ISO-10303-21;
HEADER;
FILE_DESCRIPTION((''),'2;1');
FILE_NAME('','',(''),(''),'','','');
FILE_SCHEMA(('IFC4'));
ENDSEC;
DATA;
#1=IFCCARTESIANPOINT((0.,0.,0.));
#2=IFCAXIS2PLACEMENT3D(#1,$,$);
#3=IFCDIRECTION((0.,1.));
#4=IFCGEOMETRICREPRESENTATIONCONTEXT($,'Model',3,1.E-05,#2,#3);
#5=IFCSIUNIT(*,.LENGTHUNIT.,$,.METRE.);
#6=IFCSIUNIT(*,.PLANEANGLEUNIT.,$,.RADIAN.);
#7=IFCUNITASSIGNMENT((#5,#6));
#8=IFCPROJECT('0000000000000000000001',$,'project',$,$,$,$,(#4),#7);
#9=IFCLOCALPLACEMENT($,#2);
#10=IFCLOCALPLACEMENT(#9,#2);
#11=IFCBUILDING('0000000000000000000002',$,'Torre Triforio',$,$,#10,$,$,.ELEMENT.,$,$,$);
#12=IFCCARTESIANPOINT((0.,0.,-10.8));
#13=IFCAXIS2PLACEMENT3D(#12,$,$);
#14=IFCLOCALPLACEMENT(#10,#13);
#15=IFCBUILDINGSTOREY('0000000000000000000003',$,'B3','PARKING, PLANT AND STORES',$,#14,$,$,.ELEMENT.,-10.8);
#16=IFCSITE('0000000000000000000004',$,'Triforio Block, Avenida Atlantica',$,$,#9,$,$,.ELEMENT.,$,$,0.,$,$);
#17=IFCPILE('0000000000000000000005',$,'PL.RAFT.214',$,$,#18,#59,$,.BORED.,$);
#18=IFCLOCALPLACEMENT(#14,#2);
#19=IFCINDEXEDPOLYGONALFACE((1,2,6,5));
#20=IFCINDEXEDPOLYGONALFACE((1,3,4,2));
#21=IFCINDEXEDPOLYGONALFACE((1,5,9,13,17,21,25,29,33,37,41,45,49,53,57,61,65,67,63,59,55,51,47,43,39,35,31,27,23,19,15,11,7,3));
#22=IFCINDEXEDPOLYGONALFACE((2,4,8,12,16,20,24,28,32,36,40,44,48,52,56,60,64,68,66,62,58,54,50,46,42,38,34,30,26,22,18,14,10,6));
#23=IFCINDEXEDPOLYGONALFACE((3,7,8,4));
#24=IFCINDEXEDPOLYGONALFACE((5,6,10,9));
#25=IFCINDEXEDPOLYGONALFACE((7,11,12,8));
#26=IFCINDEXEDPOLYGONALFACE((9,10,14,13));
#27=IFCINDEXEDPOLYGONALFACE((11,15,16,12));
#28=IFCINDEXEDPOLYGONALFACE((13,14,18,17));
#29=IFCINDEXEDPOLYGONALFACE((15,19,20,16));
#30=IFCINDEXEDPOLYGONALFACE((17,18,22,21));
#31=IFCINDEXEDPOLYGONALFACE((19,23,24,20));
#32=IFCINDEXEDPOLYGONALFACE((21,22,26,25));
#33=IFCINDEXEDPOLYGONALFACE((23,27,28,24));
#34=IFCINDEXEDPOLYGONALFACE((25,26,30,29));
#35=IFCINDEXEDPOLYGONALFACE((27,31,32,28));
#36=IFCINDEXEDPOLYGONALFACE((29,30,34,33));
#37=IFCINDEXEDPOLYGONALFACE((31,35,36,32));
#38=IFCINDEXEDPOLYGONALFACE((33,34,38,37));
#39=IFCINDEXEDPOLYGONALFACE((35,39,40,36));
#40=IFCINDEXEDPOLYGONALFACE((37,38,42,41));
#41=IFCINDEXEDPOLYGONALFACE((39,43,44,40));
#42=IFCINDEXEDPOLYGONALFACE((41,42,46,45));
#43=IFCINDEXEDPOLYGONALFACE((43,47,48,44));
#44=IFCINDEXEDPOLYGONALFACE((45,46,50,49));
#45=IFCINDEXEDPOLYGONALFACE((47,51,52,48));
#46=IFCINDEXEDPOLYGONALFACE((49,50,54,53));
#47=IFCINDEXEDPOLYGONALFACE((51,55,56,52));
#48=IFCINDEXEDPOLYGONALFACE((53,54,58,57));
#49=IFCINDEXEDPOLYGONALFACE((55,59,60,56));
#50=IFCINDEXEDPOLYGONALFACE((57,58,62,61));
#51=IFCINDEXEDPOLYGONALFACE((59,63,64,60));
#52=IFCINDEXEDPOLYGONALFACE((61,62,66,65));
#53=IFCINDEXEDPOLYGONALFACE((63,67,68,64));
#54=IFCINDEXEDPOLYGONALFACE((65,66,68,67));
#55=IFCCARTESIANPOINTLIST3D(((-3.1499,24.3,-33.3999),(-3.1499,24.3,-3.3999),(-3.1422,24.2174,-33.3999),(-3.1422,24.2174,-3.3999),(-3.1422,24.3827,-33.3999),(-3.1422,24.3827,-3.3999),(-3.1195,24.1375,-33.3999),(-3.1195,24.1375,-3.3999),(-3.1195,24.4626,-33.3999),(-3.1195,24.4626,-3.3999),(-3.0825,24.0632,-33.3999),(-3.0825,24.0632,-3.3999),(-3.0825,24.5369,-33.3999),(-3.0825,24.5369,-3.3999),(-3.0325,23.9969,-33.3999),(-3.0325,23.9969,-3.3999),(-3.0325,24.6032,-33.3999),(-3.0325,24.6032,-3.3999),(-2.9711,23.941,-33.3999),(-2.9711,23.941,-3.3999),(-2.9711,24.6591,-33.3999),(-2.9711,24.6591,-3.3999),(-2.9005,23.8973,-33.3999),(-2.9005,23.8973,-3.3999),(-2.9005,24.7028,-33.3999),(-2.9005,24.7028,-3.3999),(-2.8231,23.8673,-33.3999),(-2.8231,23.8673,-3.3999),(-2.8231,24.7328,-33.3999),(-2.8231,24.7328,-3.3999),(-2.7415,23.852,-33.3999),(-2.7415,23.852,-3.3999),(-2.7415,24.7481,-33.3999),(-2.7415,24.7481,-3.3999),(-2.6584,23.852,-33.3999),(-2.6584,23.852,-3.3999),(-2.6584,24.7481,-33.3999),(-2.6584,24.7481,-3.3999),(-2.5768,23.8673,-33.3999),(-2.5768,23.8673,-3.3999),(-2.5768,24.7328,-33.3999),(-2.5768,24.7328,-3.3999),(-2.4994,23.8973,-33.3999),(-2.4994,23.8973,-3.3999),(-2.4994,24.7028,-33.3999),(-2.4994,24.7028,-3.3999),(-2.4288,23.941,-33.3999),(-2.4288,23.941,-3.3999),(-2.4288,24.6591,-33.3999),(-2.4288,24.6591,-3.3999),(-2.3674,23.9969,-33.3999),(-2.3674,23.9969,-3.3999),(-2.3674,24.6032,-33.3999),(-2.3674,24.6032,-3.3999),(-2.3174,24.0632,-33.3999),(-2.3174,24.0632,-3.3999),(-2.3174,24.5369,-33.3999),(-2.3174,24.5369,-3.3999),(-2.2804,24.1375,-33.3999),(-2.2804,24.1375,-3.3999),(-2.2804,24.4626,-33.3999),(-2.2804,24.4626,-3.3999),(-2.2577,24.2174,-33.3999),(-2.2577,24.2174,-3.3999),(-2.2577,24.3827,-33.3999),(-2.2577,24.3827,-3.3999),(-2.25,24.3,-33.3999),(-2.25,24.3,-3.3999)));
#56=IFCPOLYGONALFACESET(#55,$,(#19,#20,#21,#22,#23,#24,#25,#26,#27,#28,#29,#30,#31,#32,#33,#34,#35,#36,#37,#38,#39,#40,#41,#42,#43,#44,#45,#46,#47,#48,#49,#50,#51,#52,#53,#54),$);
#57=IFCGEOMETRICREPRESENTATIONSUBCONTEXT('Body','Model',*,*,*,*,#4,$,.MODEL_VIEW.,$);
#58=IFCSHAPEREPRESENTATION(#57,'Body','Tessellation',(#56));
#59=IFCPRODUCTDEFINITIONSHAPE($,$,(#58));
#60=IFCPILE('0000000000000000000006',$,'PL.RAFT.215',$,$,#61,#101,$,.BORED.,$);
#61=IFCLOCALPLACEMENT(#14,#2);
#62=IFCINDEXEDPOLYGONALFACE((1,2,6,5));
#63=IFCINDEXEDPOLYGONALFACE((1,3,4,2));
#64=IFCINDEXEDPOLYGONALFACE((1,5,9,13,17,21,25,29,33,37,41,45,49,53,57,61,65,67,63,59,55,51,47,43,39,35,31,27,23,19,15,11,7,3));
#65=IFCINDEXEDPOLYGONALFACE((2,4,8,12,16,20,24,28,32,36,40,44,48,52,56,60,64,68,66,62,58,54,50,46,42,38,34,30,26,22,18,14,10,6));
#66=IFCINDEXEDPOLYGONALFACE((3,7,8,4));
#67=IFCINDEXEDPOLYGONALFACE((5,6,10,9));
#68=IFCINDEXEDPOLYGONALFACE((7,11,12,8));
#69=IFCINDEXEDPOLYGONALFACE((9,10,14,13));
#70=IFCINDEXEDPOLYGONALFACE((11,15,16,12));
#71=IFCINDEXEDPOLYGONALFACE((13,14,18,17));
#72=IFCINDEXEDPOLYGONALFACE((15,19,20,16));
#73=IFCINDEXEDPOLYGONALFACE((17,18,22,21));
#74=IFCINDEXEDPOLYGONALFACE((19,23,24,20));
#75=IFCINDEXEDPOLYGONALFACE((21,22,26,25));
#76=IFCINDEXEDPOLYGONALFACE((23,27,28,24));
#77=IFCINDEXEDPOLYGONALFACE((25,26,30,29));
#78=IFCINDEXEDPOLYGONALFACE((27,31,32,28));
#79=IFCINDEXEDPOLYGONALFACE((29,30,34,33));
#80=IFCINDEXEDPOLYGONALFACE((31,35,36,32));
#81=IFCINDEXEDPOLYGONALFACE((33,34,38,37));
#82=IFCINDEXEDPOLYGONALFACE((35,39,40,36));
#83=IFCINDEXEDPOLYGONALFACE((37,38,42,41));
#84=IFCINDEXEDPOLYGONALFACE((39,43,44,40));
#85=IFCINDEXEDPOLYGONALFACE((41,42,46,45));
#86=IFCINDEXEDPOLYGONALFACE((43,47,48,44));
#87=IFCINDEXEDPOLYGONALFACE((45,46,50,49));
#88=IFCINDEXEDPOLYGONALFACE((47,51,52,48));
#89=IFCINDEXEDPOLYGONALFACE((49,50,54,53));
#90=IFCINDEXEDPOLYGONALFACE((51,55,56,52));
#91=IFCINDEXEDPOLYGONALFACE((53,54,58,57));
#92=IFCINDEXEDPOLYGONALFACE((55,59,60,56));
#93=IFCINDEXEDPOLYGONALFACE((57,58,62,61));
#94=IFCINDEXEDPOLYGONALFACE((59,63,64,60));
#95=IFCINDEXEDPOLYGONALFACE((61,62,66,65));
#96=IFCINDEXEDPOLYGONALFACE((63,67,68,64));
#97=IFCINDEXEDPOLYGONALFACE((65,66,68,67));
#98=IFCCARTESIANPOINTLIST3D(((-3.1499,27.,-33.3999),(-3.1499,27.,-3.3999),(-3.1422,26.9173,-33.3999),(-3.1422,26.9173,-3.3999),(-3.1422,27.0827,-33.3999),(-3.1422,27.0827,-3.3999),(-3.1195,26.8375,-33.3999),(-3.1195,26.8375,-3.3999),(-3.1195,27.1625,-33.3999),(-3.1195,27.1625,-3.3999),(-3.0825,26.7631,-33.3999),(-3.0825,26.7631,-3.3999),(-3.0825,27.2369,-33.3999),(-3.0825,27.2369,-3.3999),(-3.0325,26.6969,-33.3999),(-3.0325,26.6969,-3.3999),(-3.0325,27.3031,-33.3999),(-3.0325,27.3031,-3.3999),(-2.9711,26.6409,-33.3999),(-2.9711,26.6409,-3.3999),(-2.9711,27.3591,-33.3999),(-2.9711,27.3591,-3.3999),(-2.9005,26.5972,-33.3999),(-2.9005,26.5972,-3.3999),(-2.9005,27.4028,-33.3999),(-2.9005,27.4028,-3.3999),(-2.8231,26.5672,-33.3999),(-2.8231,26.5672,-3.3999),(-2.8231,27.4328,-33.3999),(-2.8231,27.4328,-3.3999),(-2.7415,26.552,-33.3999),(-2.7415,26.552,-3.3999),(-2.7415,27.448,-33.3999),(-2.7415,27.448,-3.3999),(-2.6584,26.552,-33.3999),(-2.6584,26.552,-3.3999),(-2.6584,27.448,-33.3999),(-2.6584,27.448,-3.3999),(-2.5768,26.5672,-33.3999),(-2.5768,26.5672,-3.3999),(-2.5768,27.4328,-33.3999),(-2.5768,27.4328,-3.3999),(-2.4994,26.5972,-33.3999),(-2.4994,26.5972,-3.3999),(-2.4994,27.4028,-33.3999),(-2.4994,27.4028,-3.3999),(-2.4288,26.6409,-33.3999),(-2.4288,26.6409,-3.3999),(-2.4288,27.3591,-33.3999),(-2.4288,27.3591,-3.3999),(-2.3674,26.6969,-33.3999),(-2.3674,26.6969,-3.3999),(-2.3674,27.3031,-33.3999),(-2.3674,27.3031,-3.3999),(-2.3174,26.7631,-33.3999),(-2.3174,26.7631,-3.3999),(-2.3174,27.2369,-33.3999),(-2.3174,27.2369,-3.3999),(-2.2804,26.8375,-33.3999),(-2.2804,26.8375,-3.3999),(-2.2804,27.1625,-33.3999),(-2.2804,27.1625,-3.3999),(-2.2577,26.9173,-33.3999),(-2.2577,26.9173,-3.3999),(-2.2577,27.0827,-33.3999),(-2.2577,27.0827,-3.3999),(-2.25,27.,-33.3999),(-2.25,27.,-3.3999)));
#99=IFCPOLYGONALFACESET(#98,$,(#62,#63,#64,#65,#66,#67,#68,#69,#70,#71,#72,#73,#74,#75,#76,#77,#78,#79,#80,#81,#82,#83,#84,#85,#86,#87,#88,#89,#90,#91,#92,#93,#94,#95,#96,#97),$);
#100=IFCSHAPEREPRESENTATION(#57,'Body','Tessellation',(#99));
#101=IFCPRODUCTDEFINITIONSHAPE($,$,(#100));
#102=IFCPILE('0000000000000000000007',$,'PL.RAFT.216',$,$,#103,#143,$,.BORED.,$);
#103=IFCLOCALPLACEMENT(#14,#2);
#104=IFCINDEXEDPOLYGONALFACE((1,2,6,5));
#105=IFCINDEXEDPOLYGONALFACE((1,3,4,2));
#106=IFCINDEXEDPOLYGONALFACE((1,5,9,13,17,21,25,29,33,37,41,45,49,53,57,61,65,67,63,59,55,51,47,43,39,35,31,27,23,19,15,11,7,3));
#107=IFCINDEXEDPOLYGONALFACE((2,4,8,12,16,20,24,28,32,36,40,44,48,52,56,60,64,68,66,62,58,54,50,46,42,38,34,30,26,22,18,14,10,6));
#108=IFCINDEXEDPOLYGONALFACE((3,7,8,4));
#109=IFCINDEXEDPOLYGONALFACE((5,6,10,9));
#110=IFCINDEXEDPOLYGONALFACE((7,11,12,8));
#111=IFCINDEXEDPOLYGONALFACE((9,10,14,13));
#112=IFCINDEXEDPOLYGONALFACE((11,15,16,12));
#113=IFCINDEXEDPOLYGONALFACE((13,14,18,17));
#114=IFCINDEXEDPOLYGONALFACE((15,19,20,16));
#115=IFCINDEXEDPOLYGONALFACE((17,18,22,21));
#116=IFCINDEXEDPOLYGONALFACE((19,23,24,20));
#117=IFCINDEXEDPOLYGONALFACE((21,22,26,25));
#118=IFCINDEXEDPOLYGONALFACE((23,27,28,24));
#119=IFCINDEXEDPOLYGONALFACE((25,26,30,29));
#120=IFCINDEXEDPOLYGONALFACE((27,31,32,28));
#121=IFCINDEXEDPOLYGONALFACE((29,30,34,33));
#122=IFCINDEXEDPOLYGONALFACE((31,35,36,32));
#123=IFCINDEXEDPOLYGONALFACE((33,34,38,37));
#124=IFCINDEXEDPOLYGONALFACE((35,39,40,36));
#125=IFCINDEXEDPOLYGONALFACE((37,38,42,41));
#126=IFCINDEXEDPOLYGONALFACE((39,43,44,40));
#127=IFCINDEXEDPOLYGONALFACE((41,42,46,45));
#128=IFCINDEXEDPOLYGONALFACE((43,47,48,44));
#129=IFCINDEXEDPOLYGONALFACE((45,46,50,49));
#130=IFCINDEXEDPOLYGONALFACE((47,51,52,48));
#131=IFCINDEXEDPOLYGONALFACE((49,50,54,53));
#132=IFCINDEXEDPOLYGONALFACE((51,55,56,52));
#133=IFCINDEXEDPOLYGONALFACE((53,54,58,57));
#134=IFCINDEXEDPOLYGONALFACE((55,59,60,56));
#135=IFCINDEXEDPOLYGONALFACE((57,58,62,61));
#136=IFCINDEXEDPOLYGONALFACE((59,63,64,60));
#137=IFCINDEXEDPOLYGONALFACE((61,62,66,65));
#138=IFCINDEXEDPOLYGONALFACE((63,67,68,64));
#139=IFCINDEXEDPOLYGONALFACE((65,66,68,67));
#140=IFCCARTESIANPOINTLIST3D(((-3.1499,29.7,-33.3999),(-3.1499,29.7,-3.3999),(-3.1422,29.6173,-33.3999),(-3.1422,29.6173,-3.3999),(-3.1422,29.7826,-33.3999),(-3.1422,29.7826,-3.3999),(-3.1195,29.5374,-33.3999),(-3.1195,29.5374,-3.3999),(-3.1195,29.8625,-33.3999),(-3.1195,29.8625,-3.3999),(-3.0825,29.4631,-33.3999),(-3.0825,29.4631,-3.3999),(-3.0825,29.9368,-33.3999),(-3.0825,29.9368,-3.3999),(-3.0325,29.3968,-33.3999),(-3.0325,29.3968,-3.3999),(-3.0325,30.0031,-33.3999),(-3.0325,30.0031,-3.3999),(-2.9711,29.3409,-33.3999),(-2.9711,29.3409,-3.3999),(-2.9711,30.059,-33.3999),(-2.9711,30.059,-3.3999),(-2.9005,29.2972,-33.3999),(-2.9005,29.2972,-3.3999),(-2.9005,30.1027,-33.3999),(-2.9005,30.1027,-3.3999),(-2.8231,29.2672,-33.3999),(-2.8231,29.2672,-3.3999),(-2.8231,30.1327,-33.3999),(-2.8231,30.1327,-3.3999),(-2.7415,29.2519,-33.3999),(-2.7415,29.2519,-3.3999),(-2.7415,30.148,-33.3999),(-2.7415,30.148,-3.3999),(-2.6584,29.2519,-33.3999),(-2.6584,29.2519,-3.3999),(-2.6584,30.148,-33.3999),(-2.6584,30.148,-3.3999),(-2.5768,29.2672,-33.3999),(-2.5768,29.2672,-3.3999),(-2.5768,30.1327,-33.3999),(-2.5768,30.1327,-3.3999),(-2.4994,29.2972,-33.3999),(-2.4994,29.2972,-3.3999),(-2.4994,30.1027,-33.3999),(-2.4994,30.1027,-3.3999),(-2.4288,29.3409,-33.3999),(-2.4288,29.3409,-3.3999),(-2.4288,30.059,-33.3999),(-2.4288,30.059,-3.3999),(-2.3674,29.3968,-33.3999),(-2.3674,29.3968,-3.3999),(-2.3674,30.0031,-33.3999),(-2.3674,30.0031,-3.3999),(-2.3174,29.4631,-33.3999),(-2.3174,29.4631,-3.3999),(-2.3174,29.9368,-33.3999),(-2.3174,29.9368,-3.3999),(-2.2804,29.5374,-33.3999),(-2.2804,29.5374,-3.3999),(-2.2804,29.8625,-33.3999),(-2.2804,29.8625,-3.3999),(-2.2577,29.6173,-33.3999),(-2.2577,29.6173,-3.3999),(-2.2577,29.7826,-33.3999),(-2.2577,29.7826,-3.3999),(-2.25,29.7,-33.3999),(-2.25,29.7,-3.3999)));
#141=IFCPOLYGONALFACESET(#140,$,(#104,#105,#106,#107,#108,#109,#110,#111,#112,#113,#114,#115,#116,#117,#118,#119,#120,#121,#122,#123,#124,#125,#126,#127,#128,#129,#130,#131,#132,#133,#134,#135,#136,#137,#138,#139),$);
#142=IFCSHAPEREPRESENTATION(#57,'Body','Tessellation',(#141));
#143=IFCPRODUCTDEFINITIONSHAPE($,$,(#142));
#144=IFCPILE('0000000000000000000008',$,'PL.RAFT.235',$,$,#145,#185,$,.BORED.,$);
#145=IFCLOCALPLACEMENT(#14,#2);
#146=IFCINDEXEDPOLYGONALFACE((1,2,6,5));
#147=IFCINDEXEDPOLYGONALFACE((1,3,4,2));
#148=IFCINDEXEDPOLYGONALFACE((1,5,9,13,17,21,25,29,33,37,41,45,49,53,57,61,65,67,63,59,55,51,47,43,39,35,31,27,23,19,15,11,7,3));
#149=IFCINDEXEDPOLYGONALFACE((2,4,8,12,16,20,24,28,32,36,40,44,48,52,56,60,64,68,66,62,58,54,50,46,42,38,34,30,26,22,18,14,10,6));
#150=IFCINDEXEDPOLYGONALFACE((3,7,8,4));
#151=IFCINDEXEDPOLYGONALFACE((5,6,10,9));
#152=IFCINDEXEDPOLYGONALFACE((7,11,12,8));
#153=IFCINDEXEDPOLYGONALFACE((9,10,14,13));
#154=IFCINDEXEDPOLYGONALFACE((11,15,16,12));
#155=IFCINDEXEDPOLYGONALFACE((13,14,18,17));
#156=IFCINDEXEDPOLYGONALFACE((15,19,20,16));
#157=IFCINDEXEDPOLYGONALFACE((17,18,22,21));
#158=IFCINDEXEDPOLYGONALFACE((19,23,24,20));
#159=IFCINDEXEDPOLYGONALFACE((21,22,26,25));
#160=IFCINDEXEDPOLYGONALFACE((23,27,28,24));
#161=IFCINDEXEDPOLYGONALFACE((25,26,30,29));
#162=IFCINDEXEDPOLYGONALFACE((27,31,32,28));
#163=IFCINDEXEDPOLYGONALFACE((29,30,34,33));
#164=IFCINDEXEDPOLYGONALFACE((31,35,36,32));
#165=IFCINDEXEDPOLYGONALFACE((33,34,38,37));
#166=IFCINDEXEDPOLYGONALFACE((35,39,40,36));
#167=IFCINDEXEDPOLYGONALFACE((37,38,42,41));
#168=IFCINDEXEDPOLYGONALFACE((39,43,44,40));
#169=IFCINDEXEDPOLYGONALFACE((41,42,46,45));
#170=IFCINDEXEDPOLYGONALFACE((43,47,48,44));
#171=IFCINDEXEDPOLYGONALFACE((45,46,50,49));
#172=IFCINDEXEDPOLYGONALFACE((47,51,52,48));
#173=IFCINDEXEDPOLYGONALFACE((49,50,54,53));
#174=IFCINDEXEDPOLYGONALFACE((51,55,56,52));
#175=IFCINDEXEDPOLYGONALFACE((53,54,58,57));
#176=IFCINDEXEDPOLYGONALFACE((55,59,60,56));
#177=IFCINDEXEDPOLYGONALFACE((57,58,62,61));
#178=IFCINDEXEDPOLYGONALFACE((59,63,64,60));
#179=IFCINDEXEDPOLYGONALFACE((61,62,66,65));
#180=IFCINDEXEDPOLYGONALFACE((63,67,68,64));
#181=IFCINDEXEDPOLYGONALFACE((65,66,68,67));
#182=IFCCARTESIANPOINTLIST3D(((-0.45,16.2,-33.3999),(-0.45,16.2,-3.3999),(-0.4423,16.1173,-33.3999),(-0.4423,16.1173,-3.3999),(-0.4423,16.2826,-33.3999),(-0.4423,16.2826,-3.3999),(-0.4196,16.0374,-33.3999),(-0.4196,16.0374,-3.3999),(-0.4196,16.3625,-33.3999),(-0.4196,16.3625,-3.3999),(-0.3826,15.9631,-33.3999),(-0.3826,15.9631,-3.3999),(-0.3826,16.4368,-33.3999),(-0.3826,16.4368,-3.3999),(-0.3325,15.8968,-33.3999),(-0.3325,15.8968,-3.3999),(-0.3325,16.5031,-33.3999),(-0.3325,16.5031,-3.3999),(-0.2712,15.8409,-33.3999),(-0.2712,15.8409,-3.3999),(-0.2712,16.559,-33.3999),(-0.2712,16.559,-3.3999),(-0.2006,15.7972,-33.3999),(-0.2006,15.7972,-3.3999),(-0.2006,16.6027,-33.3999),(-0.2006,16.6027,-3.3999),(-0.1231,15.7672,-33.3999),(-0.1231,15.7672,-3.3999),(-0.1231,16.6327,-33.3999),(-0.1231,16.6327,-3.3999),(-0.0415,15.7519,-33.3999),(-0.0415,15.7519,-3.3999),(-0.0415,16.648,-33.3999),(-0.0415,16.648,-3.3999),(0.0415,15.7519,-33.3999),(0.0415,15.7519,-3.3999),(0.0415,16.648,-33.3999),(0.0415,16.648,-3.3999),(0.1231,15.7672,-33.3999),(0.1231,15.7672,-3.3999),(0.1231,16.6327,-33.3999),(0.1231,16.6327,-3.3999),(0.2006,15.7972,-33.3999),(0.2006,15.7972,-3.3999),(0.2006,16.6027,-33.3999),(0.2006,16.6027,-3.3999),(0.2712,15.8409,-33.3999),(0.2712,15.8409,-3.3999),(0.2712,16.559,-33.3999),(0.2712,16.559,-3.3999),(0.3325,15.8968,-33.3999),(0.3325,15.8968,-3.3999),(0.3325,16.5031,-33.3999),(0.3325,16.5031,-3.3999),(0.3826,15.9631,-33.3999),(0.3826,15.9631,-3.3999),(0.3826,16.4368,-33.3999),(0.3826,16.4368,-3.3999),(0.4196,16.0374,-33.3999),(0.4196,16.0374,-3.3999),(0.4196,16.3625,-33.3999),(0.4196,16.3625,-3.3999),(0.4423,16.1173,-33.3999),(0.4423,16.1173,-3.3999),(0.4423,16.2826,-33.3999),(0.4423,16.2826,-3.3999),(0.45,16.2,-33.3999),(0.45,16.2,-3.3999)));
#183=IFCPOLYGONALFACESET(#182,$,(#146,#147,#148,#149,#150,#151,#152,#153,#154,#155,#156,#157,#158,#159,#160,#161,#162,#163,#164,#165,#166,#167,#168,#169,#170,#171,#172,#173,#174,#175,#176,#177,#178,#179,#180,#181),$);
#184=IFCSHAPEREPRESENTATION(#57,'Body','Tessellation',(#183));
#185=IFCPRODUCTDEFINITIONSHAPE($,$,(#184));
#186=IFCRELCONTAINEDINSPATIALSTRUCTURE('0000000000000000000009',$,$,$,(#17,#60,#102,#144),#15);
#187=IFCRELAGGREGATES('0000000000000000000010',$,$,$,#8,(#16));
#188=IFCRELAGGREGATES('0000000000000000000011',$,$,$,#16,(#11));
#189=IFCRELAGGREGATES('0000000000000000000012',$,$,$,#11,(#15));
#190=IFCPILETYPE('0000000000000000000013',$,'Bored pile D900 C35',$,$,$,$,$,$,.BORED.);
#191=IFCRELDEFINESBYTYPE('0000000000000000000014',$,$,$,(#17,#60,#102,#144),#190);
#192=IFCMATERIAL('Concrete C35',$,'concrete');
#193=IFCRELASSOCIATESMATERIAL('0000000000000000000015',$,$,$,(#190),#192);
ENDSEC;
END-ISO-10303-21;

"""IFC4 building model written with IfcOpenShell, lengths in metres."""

from ifc_helpers import new_model, si_unit, direction, frame, origin, origin_2d, place, context, subcontext, project, spatial, circle, extrude, material, material_profile, profile_set, type_object, element, save


model = new_model("IFC4")

# Units and contexts
model_context = context("Model", 3, precision=1e-05, world=origin(), true_north=direction((0.0, 1.0)))
body_context = subcontext(model_context, "Body", "Model", "MODEL_VIEW")
ifc_project = project(units=[si_unit("LENGTHUNIT", "METRE"), si_unit("PLANEANGLEUNIT", "RADIAN")], contexts=[model_context])

# Site, building, storey
site_placement = place(None, origin())
site = spatial("IfcSite", under=ifc_project, at=site_placement, Name="Triforio Block, Avenida Atlantica", CompositionType="ELEMENT", RefElevation=0.0)
building_placement = place(site_placement, origin())
building = spatial("IfcBuilding", under=site, at=building_placement, Name="Torre Triforio", CompositionType="ELEMENT")
storey_placement = place(building_placement, frame((0.0, 0.0, -10.8)))
storey = spatial("IfcBuildingStorey", under=building, at=storey_placement, Name="B3", Description="PARKING, PLANT AND STORES", CompositionType="ELEMENT", Elevation=-10.8)

# Piles
ifc_material_1 = material(Name="Concrete C35", Category="concrete")
ifc_material_profile_1 = material_profile(ifc_material_1, circle(Radius=0.45, at=origin_2d()), Name="RC D900")
ifc_profile_set_1 = profile_set([ifc_material_profile_1], Name="Concrete C35")
pile_type = type_object("IfcPileType", Name="Bored pile D900 C35", PredefinedType="BORED", material=ifc_profile_set_1)
for number, where, z_axis, x_axis, name in (
    (1, (-2.7, 24.3, -3.3999), (0.0, 0.0, -1.0), (1.0, 0.0, 0.0), "PL.RAFT.214"),
    (2, (-2.7, 27.0, -3.3999), (0.0, 0.0, -1.0), (1.0, 0.0, 0.0), "PL.RAFT.215"),
    (3, (-2.7, 29.7, -3.3999), (0.0, 0.0, -1.0), (1.0, 0.0, 0.0), "PL.RAFT.216"),
    (4, (0.0, 16.2, -3.3999), (0.0, 0.0, -1.0), (1.0, 0.0, 0.0), "PL.RAFT.235"),
):
    element("IfcPile", number, at=place(storey_placement, frame(where, z_axis=z_axis, x_axis=x_axis)), inside=storey, type_object=pile_type, Name=name, PredefinedType="BORED", context=body_context, shape_type="SweptSolid", body=[
        extrude(circle(Radius=0.45, at=origin_2d()), origin(), (0.0, 0.0, 1.0), 30.0),
    ])

save(model, "model.ifc")
